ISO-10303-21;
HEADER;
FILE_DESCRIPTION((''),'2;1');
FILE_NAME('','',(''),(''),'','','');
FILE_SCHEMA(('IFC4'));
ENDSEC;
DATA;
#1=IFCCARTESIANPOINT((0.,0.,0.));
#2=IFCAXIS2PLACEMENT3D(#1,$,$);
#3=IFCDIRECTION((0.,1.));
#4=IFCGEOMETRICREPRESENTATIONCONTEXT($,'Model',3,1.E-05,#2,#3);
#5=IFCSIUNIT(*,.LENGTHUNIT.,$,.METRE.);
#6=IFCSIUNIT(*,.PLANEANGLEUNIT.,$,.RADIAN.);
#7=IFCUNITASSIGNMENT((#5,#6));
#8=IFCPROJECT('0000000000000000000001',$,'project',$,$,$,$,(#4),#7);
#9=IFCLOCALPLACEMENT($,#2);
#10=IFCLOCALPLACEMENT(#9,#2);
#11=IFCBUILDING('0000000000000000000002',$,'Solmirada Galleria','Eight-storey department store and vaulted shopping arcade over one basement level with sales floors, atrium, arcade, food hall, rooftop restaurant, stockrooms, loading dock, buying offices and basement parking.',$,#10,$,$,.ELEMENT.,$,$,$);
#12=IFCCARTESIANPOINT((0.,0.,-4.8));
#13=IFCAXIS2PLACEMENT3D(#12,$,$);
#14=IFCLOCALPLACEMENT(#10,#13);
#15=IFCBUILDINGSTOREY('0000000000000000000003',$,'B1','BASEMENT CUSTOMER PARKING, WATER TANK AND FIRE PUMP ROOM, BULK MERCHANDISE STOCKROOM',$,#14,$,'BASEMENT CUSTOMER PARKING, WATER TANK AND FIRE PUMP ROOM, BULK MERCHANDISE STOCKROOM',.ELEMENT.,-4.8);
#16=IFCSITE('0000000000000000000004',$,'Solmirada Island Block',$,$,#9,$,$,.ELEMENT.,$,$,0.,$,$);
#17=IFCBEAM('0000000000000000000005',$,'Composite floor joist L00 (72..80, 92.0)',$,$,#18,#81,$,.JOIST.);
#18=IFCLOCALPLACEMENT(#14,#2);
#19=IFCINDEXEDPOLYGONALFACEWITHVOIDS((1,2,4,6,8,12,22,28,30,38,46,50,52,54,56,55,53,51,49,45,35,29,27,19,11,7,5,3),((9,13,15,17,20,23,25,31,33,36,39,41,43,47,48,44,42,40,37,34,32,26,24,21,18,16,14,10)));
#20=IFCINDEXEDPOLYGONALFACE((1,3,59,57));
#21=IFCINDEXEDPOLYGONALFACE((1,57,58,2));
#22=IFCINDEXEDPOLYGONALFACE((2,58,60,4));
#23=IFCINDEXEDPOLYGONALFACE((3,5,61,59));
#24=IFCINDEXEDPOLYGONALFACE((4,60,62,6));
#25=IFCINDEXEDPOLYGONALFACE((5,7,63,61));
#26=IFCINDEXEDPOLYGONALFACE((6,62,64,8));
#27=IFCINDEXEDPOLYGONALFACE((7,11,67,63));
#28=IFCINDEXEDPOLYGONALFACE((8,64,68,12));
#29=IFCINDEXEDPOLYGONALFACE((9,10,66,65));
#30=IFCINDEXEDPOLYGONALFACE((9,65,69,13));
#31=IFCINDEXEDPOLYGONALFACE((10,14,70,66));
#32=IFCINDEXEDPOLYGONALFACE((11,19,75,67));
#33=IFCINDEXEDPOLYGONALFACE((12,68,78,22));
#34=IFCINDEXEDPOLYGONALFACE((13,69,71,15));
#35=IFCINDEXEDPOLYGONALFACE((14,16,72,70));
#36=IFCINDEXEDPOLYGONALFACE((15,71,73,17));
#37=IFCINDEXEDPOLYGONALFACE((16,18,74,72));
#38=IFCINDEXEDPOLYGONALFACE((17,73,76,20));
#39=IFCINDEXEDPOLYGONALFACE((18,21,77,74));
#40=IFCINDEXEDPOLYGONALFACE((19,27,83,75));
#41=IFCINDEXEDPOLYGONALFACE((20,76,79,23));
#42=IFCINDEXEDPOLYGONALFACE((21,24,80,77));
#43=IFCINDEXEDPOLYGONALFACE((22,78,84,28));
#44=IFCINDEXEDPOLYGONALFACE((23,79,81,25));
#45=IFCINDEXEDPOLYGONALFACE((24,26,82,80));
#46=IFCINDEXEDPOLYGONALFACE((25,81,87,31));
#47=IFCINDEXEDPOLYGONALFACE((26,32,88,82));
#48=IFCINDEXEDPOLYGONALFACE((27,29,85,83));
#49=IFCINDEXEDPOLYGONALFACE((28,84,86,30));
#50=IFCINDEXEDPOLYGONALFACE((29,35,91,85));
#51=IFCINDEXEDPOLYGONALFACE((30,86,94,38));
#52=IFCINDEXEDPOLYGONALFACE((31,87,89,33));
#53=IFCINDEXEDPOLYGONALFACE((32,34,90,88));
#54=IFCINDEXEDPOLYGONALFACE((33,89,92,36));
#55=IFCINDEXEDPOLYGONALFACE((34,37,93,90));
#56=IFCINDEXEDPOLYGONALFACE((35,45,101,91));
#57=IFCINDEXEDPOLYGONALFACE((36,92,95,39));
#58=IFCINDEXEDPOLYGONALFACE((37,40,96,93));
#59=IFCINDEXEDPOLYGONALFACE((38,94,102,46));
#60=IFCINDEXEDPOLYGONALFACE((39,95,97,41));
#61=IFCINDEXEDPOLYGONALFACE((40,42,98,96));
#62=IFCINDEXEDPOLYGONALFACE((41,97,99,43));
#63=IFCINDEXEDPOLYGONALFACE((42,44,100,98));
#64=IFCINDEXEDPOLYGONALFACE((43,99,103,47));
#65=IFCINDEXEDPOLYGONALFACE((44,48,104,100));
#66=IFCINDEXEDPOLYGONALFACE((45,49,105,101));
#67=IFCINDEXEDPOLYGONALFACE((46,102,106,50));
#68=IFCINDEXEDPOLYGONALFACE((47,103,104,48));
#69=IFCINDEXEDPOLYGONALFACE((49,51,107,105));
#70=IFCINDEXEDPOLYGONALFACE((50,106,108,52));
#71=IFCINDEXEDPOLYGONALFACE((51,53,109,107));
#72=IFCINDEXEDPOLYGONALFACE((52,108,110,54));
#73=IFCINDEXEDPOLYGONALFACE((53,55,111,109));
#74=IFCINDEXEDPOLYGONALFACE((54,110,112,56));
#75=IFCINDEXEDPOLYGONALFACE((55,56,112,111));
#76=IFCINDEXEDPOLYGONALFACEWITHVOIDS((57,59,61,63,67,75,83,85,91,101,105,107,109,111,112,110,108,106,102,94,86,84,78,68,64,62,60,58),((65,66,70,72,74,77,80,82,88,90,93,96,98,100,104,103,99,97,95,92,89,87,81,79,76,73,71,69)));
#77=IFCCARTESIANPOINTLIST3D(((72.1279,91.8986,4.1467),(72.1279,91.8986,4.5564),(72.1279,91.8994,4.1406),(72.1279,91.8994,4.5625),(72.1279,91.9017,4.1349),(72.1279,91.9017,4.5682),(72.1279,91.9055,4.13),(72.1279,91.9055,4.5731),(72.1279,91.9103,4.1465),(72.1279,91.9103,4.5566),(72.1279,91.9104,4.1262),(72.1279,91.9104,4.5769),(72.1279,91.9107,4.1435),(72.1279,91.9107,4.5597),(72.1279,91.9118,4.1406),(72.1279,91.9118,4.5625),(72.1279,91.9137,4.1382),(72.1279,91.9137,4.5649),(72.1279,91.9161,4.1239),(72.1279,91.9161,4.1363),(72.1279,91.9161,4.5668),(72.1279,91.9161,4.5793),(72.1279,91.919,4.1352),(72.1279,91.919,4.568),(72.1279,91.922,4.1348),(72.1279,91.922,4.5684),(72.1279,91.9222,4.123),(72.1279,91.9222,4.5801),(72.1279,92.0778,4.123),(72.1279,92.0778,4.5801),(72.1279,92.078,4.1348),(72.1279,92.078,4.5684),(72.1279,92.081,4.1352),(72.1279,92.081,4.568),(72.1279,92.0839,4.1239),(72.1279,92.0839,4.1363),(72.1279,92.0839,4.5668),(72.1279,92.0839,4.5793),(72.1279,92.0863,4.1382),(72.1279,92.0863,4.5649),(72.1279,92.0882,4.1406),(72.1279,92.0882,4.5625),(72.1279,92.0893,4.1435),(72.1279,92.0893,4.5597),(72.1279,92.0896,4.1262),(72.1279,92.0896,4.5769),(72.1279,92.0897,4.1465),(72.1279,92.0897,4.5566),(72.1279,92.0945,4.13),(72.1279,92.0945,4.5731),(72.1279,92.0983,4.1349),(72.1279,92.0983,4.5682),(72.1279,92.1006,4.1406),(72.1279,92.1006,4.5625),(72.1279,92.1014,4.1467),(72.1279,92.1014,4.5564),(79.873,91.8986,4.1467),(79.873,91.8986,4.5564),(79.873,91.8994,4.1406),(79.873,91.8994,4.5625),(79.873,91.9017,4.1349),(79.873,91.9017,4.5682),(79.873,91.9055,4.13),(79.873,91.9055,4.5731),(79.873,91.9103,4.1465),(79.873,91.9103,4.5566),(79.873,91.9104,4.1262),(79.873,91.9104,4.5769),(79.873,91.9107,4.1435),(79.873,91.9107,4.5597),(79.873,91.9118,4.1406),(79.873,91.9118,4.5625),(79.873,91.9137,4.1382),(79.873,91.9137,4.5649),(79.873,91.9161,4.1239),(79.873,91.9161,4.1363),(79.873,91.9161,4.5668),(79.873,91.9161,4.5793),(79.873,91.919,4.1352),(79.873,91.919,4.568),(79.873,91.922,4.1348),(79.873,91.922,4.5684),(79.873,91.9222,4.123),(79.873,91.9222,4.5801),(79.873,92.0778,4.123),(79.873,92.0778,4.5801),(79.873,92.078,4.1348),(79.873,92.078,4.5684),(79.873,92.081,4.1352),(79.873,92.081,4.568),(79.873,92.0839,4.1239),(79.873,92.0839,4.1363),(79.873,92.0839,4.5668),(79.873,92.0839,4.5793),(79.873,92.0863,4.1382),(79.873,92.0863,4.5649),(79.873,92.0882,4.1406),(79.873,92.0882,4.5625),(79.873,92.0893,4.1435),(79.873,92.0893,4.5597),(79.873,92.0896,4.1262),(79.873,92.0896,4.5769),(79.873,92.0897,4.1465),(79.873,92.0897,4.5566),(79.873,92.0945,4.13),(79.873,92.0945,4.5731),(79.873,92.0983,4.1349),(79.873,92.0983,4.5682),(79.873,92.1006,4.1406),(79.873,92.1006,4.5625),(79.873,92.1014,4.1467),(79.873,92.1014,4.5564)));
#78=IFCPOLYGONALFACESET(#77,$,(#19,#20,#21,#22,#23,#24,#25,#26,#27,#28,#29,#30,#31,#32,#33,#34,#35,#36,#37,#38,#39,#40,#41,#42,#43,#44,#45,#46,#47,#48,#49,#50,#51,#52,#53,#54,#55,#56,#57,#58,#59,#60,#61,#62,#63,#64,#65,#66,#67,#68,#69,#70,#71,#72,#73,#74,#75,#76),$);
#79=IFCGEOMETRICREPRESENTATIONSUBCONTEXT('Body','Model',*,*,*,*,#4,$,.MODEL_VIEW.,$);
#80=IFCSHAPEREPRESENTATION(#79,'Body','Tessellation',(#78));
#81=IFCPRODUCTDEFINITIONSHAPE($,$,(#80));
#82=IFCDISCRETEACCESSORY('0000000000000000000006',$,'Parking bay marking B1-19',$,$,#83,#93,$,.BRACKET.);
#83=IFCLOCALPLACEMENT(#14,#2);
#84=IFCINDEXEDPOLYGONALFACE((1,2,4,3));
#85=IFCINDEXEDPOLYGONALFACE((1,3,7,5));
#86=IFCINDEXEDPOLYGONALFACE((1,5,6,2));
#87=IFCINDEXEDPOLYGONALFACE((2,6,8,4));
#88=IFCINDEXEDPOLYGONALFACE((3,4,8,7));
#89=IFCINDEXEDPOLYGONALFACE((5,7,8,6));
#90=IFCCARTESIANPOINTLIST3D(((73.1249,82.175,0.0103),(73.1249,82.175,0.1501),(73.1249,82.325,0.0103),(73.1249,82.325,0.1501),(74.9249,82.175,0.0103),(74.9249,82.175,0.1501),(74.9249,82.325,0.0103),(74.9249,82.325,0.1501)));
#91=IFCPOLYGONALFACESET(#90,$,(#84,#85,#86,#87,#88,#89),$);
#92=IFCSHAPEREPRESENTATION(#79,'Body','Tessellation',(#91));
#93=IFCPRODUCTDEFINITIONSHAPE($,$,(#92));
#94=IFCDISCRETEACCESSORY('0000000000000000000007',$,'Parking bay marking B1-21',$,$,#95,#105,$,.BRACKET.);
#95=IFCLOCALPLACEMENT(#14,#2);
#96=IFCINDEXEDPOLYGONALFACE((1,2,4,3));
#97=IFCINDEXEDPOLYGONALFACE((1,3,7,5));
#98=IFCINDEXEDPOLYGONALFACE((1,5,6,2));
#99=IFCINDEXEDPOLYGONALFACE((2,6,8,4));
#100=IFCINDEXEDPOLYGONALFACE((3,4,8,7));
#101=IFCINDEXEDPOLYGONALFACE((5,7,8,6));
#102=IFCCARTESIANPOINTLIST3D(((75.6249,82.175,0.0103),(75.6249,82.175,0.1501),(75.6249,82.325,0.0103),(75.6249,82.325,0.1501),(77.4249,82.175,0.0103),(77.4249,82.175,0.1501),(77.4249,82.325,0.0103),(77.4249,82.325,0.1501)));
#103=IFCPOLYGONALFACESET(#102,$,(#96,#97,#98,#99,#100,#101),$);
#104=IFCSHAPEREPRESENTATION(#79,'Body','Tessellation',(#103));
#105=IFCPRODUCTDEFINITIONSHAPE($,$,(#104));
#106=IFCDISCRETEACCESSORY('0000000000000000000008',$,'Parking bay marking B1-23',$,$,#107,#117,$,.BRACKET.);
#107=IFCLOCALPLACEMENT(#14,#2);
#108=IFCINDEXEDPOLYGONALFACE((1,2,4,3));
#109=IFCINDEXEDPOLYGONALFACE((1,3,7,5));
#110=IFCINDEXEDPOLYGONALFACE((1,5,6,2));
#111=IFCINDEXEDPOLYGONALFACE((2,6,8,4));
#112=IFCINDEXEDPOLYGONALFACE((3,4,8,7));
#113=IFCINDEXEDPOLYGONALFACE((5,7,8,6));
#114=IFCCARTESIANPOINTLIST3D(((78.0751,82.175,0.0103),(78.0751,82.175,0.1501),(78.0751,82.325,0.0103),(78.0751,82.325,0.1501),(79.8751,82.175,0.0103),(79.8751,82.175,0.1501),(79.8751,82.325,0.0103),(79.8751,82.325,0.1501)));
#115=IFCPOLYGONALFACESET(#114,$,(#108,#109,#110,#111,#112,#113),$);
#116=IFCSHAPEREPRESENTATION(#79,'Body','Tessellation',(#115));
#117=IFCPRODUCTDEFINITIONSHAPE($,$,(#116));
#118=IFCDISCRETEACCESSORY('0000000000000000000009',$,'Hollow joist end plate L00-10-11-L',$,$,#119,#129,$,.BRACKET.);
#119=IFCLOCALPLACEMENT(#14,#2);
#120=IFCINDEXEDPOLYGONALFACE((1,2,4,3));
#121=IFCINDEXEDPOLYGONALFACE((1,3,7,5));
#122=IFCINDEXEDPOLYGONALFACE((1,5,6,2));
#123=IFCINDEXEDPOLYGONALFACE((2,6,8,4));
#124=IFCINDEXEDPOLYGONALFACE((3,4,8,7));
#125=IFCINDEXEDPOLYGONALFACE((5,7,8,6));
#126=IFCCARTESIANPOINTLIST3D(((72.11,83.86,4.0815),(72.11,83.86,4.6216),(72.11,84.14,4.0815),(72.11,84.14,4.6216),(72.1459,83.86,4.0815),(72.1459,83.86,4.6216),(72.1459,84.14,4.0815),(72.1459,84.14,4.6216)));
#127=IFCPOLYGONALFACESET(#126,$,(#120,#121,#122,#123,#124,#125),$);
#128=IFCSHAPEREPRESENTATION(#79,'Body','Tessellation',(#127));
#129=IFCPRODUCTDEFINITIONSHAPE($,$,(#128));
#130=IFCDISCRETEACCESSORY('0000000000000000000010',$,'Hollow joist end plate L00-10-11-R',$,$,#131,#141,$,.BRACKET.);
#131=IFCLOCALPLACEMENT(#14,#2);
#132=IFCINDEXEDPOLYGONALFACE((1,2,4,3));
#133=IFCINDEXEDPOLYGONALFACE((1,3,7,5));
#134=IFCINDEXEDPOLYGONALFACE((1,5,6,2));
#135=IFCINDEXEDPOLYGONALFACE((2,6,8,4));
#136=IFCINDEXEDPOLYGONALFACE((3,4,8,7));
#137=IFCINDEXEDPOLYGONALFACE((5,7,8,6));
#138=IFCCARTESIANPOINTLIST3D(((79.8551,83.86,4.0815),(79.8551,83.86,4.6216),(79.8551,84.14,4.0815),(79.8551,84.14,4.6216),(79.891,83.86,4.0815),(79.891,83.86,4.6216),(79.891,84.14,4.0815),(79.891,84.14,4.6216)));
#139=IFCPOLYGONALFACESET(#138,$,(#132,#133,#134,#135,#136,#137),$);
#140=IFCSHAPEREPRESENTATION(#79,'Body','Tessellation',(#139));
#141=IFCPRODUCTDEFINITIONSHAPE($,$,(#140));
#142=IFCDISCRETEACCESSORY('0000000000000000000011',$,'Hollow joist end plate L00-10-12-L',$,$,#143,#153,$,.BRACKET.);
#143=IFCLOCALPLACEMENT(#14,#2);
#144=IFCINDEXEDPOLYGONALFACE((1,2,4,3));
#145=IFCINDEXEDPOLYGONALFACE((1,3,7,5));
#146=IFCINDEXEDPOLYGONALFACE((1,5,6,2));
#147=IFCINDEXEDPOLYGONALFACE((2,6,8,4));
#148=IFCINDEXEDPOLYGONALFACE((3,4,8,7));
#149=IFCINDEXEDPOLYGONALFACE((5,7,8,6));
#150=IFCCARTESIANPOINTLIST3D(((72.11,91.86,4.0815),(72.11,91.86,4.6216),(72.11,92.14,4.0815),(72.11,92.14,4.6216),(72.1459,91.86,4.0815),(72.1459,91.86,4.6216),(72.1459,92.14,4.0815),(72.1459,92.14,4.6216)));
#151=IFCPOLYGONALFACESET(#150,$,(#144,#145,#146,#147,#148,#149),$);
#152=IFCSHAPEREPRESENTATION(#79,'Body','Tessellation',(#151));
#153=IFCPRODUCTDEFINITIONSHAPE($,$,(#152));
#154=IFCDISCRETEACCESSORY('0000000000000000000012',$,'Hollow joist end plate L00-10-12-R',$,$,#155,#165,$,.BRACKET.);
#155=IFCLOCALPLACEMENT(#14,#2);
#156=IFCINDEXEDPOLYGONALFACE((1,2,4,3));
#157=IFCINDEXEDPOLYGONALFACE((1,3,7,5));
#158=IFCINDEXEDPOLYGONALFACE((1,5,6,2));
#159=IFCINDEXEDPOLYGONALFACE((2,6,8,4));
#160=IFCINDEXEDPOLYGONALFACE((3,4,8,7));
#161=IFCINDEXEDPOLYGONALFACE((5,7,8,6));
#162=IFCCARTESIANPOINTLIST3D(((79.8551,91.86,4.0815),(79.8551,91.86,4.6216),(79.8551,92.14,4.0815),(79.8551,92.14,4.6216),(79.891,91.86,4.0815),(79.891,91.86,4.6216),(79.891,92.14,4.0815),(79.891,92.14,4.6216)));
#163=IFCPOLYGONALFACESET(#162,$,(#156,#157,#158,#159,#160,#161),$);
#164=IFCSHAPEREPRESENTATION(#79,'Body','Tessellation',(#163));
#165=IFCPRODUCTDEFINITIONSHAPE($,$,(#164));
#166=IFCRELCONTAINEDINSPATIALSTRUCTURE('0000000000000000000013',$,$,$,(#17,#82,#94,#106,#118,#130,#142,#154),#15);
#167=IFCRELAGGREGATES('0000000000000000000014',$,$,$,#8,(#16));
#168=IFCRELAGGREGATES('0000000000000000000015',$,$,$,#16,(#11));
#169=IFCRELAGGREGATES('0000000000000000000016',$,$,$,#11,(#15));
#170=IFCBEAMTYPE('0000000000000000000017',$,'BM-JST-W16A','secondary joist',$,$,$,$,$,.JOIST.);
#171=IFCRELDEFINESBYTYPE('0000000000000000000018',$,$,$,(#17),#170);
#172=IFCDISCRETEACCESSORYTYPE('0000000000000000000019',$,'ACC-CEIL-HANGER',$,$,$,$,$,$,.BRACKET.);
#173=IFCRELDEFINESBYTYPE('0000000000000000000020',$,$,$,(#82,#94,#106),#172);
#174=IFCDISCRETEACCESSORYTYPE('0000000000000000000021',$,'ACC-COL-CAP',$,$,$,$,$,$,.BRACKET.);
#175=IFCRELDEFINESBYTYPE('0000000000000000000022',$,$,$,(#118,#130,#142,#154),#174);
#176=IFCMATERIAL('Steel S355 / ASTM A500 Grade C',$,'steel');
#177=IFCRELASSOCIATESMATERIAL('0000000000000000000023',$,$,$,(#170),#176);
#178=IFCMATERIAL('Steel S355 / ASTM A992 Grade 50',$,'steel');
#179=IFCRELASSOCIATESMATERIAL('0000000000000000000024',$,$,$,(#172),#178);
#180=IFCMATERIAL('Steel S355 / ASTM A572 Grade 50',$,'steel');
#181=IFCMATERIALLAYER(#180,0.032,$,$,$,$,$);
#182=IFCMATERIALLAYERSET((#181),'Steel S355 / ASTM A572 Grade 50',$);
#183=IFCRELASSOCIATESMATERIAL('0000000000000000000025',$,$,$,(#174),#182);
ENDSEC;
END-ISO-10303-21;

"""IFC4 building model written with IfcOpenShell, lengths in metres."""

from ifc_helpers import new_model, si_unit, direction, frame, origin, origin_2d, place, context, subcontext, project, spatial, rectangle, hollow_rectangle, extrude, material, layer, layer_set, material_profile, profile_set, type_object, element, save


model = new_model("IFC4")

# Units and contexts
model_context = context("Model", 3, precision=1e-05, world=origin(), true_north=direction((0.0, 1.0)))
body_context = subcontext(model_context, "Body", "Model", "MODEL_VIEW")
ifc_project = project(units=[si_unit("LENGTHUNIT", "METRE"), si_unit("PLANEANGLEUNIT", "RADIAN")], contexts=[model_context])

# Site, building, storey
site_placement = place(None, origin())
site = spatial("IfcSite", under=ifc_project, at=site_placement, Name="Solmirada Island Block", CompositionType="ELEMENT", RefElevation=0.0)
building_placement = place(site_placement, origin())
building = spatial("IfcBuilding", under=site, at=building_placement, Name="Solmirada Galleria", Description="Eight-storey department store and vaulted shopping arcade over one basement level with sales floors, atrium, arcade, food hall, rooftop restaurant, stockrooms, loading dock, buying offices and basement parking.", CompositionType="ELEMENT")
storey_placement = place(building_placement, frame((0.0, 0.0, -4.8)))
storey = spatial("IfcBuildingStorey", under=building, at=storey_placement, Name="B1", Description="BASEMENT CUSTOMER PARKING, WATER TANK AND FIRE PUMP ROOM, BULK MERCHANDISE STOCKROOM", LongName="BASEMENT CUSTOMER PARKING, WATER TANK AND FIRE PUMP ROOM, BULK MERCHANDISE STOCKROOM", CompositionType="ELEMENT", Elevation=-4.8)

# Shared definitions
ifc_material_1 = material(Name="Steel S355 / ASTM A500 Grade C", Category="steel")

# Beam
ifc_material_2 = material(Name="Steel S355 / ASTM A992 Grade 50", Category="steel")
ifc_material_profile_1 = material_profile(ifc_material_1, hollow_rectangle(XDim=0.2029, YDim=0.457, WallThickness=0.0117, InnerFilletRadius=0.0117, OuterFilletRadius=0.0237, at=origin_2d()), Name="HSS18X8X1/2")
ifc_profile_set_1 = profile_set([ifc_material_profile_1], Name="Steel S355 / ASTM A500 Grade C")
beam_type_1 = type_object("IfcBeamType", Name="BM-JST-W16A", Description="secondary joist", PredefinedType="JOIST", material=ifc_profile_set_1)
for number, where, z_axis, x_axis, name in (
    (1, (72.1279, 92.0, 4.3516), (1.0, 0.0, 0.0), (0.0, 1.0, 0.0), "Composite floor joist L00 (72..80, 92.0)"),
):
    element("IfcBeam", number, at=place(storey_placement, frame(where, z_axis=z_axis, x_axis=x_axis)), inside=storey, type_object=beam_type_1, Name=name, PredefinedType="JOIST", context=body_context, shape_type="SweptSolid", body=[
        extrude(hollow_rectangle(XDim=0.2029, YDim=0.457, WallThickness=0.0117, InnerFilletRadius=0.0117, OuterFilletRadius=0.0237, at=origin_2d()), origin(), (0.0, 0.0, 1.0), 7.7451),
    ])

# Discrete accessories
discrete_accessory_type_1 = type_object("IfcDiscreteAccessoryType", Name="ACC-CEIL-HANGER", PredefinedType="BRACKET", material=ifc_material_2)
for number, where, z_axis, x_axis, name in (
    (2, (74.0249, 82.25, 0.0103), (0.0, 0.0, 1.0), (1.0, 0.0, 0.0), "Parking bay marking B1-19"),
    (3, (76.5249, 82.25, 0.0103), (0.0, 0.0, 1.0), (1.0, 0.0, 0.0), "Parking bay marking B1-21"),
    (4, (78.9751, 82.25, 0.0103), (0.0, 0.0, 1.0), (1.0, 0.0, 0.0), "Parking bay marking B1-23"),
):
    element("IfcDiscreteAccessory", number, at=place(storey_placement, frame(where, z_axis=z_axis, x_axis=x_axis)), inside=storey, type_object=discrete_accessory_type_1, Name=name, PredefinedType="BRACKET", context=body_context, shape_type="SweptSolid", body=[
        extrude(rectangle(XDim=1.8, YDim=0.1499, at=origin_2d()), origin(), (0.0, 0.0, 1.0), 0.1399),
    ])
ifc_material_3 = material(Name="Steel S355 / ASTM A572 Grade 50", Category="steel")
ifc_layer = layer(ifc_material_3, 0.032)
ifc_layer_set = layer_set([ifc_layer], Name="Steel S355 / ASTM A572 Grade 50")
discrete_accessory_type_2 = type_object("IfcDiscreteAccessoryType", Name="ACC-COL-CAP", PredefinedType="BRACKET", material=ifc_layer_set)
for number, where, z_axis, x_axis, name in (
    (5, (72.1279, 84.0, 4.0815), (0.0, 0.0, 1.0), (1.0, 0.0, 0.0), "Hollow joist end plate L00-10-11-L"),
    (6, (79.873, 84.0, 4.0815), (0.0, 0.0, 1.0), (1.0, 0.0, 0.0), "Hollow joist end plate L00-10-11-R"),
    (7, (72.1279, 92.0, 4.0815), (0.0, 0.0, 1.0), (1.0, 0.0, 0.0), "Hollow joist end plate L00-10-12-L"),
    (8, (79.873, 92.0, 4.0815), (0.0, 0.0, 1.0), (1.0, 0.0, 0.0), "Hollow joist end plate L00-10-12-R"),
):
    element("IfcDiscreteAccessory", number, at=place(storey_placement, frame(where, z_axis=z_axis, x_axis=x_axis)), inside=storey, type_object=discrete_accessory_type_2, Name=name, PredefinedType="BRACKET", context=body_context, shape_type="SweptSolid", body=[
        extrude(rectangle(XDim=0.0359, YDim=0.28, at=origin_2d()), origin(), (0.0, 0.0, 1.0), 0.54),
    ])

save(model, "model.ifc")
